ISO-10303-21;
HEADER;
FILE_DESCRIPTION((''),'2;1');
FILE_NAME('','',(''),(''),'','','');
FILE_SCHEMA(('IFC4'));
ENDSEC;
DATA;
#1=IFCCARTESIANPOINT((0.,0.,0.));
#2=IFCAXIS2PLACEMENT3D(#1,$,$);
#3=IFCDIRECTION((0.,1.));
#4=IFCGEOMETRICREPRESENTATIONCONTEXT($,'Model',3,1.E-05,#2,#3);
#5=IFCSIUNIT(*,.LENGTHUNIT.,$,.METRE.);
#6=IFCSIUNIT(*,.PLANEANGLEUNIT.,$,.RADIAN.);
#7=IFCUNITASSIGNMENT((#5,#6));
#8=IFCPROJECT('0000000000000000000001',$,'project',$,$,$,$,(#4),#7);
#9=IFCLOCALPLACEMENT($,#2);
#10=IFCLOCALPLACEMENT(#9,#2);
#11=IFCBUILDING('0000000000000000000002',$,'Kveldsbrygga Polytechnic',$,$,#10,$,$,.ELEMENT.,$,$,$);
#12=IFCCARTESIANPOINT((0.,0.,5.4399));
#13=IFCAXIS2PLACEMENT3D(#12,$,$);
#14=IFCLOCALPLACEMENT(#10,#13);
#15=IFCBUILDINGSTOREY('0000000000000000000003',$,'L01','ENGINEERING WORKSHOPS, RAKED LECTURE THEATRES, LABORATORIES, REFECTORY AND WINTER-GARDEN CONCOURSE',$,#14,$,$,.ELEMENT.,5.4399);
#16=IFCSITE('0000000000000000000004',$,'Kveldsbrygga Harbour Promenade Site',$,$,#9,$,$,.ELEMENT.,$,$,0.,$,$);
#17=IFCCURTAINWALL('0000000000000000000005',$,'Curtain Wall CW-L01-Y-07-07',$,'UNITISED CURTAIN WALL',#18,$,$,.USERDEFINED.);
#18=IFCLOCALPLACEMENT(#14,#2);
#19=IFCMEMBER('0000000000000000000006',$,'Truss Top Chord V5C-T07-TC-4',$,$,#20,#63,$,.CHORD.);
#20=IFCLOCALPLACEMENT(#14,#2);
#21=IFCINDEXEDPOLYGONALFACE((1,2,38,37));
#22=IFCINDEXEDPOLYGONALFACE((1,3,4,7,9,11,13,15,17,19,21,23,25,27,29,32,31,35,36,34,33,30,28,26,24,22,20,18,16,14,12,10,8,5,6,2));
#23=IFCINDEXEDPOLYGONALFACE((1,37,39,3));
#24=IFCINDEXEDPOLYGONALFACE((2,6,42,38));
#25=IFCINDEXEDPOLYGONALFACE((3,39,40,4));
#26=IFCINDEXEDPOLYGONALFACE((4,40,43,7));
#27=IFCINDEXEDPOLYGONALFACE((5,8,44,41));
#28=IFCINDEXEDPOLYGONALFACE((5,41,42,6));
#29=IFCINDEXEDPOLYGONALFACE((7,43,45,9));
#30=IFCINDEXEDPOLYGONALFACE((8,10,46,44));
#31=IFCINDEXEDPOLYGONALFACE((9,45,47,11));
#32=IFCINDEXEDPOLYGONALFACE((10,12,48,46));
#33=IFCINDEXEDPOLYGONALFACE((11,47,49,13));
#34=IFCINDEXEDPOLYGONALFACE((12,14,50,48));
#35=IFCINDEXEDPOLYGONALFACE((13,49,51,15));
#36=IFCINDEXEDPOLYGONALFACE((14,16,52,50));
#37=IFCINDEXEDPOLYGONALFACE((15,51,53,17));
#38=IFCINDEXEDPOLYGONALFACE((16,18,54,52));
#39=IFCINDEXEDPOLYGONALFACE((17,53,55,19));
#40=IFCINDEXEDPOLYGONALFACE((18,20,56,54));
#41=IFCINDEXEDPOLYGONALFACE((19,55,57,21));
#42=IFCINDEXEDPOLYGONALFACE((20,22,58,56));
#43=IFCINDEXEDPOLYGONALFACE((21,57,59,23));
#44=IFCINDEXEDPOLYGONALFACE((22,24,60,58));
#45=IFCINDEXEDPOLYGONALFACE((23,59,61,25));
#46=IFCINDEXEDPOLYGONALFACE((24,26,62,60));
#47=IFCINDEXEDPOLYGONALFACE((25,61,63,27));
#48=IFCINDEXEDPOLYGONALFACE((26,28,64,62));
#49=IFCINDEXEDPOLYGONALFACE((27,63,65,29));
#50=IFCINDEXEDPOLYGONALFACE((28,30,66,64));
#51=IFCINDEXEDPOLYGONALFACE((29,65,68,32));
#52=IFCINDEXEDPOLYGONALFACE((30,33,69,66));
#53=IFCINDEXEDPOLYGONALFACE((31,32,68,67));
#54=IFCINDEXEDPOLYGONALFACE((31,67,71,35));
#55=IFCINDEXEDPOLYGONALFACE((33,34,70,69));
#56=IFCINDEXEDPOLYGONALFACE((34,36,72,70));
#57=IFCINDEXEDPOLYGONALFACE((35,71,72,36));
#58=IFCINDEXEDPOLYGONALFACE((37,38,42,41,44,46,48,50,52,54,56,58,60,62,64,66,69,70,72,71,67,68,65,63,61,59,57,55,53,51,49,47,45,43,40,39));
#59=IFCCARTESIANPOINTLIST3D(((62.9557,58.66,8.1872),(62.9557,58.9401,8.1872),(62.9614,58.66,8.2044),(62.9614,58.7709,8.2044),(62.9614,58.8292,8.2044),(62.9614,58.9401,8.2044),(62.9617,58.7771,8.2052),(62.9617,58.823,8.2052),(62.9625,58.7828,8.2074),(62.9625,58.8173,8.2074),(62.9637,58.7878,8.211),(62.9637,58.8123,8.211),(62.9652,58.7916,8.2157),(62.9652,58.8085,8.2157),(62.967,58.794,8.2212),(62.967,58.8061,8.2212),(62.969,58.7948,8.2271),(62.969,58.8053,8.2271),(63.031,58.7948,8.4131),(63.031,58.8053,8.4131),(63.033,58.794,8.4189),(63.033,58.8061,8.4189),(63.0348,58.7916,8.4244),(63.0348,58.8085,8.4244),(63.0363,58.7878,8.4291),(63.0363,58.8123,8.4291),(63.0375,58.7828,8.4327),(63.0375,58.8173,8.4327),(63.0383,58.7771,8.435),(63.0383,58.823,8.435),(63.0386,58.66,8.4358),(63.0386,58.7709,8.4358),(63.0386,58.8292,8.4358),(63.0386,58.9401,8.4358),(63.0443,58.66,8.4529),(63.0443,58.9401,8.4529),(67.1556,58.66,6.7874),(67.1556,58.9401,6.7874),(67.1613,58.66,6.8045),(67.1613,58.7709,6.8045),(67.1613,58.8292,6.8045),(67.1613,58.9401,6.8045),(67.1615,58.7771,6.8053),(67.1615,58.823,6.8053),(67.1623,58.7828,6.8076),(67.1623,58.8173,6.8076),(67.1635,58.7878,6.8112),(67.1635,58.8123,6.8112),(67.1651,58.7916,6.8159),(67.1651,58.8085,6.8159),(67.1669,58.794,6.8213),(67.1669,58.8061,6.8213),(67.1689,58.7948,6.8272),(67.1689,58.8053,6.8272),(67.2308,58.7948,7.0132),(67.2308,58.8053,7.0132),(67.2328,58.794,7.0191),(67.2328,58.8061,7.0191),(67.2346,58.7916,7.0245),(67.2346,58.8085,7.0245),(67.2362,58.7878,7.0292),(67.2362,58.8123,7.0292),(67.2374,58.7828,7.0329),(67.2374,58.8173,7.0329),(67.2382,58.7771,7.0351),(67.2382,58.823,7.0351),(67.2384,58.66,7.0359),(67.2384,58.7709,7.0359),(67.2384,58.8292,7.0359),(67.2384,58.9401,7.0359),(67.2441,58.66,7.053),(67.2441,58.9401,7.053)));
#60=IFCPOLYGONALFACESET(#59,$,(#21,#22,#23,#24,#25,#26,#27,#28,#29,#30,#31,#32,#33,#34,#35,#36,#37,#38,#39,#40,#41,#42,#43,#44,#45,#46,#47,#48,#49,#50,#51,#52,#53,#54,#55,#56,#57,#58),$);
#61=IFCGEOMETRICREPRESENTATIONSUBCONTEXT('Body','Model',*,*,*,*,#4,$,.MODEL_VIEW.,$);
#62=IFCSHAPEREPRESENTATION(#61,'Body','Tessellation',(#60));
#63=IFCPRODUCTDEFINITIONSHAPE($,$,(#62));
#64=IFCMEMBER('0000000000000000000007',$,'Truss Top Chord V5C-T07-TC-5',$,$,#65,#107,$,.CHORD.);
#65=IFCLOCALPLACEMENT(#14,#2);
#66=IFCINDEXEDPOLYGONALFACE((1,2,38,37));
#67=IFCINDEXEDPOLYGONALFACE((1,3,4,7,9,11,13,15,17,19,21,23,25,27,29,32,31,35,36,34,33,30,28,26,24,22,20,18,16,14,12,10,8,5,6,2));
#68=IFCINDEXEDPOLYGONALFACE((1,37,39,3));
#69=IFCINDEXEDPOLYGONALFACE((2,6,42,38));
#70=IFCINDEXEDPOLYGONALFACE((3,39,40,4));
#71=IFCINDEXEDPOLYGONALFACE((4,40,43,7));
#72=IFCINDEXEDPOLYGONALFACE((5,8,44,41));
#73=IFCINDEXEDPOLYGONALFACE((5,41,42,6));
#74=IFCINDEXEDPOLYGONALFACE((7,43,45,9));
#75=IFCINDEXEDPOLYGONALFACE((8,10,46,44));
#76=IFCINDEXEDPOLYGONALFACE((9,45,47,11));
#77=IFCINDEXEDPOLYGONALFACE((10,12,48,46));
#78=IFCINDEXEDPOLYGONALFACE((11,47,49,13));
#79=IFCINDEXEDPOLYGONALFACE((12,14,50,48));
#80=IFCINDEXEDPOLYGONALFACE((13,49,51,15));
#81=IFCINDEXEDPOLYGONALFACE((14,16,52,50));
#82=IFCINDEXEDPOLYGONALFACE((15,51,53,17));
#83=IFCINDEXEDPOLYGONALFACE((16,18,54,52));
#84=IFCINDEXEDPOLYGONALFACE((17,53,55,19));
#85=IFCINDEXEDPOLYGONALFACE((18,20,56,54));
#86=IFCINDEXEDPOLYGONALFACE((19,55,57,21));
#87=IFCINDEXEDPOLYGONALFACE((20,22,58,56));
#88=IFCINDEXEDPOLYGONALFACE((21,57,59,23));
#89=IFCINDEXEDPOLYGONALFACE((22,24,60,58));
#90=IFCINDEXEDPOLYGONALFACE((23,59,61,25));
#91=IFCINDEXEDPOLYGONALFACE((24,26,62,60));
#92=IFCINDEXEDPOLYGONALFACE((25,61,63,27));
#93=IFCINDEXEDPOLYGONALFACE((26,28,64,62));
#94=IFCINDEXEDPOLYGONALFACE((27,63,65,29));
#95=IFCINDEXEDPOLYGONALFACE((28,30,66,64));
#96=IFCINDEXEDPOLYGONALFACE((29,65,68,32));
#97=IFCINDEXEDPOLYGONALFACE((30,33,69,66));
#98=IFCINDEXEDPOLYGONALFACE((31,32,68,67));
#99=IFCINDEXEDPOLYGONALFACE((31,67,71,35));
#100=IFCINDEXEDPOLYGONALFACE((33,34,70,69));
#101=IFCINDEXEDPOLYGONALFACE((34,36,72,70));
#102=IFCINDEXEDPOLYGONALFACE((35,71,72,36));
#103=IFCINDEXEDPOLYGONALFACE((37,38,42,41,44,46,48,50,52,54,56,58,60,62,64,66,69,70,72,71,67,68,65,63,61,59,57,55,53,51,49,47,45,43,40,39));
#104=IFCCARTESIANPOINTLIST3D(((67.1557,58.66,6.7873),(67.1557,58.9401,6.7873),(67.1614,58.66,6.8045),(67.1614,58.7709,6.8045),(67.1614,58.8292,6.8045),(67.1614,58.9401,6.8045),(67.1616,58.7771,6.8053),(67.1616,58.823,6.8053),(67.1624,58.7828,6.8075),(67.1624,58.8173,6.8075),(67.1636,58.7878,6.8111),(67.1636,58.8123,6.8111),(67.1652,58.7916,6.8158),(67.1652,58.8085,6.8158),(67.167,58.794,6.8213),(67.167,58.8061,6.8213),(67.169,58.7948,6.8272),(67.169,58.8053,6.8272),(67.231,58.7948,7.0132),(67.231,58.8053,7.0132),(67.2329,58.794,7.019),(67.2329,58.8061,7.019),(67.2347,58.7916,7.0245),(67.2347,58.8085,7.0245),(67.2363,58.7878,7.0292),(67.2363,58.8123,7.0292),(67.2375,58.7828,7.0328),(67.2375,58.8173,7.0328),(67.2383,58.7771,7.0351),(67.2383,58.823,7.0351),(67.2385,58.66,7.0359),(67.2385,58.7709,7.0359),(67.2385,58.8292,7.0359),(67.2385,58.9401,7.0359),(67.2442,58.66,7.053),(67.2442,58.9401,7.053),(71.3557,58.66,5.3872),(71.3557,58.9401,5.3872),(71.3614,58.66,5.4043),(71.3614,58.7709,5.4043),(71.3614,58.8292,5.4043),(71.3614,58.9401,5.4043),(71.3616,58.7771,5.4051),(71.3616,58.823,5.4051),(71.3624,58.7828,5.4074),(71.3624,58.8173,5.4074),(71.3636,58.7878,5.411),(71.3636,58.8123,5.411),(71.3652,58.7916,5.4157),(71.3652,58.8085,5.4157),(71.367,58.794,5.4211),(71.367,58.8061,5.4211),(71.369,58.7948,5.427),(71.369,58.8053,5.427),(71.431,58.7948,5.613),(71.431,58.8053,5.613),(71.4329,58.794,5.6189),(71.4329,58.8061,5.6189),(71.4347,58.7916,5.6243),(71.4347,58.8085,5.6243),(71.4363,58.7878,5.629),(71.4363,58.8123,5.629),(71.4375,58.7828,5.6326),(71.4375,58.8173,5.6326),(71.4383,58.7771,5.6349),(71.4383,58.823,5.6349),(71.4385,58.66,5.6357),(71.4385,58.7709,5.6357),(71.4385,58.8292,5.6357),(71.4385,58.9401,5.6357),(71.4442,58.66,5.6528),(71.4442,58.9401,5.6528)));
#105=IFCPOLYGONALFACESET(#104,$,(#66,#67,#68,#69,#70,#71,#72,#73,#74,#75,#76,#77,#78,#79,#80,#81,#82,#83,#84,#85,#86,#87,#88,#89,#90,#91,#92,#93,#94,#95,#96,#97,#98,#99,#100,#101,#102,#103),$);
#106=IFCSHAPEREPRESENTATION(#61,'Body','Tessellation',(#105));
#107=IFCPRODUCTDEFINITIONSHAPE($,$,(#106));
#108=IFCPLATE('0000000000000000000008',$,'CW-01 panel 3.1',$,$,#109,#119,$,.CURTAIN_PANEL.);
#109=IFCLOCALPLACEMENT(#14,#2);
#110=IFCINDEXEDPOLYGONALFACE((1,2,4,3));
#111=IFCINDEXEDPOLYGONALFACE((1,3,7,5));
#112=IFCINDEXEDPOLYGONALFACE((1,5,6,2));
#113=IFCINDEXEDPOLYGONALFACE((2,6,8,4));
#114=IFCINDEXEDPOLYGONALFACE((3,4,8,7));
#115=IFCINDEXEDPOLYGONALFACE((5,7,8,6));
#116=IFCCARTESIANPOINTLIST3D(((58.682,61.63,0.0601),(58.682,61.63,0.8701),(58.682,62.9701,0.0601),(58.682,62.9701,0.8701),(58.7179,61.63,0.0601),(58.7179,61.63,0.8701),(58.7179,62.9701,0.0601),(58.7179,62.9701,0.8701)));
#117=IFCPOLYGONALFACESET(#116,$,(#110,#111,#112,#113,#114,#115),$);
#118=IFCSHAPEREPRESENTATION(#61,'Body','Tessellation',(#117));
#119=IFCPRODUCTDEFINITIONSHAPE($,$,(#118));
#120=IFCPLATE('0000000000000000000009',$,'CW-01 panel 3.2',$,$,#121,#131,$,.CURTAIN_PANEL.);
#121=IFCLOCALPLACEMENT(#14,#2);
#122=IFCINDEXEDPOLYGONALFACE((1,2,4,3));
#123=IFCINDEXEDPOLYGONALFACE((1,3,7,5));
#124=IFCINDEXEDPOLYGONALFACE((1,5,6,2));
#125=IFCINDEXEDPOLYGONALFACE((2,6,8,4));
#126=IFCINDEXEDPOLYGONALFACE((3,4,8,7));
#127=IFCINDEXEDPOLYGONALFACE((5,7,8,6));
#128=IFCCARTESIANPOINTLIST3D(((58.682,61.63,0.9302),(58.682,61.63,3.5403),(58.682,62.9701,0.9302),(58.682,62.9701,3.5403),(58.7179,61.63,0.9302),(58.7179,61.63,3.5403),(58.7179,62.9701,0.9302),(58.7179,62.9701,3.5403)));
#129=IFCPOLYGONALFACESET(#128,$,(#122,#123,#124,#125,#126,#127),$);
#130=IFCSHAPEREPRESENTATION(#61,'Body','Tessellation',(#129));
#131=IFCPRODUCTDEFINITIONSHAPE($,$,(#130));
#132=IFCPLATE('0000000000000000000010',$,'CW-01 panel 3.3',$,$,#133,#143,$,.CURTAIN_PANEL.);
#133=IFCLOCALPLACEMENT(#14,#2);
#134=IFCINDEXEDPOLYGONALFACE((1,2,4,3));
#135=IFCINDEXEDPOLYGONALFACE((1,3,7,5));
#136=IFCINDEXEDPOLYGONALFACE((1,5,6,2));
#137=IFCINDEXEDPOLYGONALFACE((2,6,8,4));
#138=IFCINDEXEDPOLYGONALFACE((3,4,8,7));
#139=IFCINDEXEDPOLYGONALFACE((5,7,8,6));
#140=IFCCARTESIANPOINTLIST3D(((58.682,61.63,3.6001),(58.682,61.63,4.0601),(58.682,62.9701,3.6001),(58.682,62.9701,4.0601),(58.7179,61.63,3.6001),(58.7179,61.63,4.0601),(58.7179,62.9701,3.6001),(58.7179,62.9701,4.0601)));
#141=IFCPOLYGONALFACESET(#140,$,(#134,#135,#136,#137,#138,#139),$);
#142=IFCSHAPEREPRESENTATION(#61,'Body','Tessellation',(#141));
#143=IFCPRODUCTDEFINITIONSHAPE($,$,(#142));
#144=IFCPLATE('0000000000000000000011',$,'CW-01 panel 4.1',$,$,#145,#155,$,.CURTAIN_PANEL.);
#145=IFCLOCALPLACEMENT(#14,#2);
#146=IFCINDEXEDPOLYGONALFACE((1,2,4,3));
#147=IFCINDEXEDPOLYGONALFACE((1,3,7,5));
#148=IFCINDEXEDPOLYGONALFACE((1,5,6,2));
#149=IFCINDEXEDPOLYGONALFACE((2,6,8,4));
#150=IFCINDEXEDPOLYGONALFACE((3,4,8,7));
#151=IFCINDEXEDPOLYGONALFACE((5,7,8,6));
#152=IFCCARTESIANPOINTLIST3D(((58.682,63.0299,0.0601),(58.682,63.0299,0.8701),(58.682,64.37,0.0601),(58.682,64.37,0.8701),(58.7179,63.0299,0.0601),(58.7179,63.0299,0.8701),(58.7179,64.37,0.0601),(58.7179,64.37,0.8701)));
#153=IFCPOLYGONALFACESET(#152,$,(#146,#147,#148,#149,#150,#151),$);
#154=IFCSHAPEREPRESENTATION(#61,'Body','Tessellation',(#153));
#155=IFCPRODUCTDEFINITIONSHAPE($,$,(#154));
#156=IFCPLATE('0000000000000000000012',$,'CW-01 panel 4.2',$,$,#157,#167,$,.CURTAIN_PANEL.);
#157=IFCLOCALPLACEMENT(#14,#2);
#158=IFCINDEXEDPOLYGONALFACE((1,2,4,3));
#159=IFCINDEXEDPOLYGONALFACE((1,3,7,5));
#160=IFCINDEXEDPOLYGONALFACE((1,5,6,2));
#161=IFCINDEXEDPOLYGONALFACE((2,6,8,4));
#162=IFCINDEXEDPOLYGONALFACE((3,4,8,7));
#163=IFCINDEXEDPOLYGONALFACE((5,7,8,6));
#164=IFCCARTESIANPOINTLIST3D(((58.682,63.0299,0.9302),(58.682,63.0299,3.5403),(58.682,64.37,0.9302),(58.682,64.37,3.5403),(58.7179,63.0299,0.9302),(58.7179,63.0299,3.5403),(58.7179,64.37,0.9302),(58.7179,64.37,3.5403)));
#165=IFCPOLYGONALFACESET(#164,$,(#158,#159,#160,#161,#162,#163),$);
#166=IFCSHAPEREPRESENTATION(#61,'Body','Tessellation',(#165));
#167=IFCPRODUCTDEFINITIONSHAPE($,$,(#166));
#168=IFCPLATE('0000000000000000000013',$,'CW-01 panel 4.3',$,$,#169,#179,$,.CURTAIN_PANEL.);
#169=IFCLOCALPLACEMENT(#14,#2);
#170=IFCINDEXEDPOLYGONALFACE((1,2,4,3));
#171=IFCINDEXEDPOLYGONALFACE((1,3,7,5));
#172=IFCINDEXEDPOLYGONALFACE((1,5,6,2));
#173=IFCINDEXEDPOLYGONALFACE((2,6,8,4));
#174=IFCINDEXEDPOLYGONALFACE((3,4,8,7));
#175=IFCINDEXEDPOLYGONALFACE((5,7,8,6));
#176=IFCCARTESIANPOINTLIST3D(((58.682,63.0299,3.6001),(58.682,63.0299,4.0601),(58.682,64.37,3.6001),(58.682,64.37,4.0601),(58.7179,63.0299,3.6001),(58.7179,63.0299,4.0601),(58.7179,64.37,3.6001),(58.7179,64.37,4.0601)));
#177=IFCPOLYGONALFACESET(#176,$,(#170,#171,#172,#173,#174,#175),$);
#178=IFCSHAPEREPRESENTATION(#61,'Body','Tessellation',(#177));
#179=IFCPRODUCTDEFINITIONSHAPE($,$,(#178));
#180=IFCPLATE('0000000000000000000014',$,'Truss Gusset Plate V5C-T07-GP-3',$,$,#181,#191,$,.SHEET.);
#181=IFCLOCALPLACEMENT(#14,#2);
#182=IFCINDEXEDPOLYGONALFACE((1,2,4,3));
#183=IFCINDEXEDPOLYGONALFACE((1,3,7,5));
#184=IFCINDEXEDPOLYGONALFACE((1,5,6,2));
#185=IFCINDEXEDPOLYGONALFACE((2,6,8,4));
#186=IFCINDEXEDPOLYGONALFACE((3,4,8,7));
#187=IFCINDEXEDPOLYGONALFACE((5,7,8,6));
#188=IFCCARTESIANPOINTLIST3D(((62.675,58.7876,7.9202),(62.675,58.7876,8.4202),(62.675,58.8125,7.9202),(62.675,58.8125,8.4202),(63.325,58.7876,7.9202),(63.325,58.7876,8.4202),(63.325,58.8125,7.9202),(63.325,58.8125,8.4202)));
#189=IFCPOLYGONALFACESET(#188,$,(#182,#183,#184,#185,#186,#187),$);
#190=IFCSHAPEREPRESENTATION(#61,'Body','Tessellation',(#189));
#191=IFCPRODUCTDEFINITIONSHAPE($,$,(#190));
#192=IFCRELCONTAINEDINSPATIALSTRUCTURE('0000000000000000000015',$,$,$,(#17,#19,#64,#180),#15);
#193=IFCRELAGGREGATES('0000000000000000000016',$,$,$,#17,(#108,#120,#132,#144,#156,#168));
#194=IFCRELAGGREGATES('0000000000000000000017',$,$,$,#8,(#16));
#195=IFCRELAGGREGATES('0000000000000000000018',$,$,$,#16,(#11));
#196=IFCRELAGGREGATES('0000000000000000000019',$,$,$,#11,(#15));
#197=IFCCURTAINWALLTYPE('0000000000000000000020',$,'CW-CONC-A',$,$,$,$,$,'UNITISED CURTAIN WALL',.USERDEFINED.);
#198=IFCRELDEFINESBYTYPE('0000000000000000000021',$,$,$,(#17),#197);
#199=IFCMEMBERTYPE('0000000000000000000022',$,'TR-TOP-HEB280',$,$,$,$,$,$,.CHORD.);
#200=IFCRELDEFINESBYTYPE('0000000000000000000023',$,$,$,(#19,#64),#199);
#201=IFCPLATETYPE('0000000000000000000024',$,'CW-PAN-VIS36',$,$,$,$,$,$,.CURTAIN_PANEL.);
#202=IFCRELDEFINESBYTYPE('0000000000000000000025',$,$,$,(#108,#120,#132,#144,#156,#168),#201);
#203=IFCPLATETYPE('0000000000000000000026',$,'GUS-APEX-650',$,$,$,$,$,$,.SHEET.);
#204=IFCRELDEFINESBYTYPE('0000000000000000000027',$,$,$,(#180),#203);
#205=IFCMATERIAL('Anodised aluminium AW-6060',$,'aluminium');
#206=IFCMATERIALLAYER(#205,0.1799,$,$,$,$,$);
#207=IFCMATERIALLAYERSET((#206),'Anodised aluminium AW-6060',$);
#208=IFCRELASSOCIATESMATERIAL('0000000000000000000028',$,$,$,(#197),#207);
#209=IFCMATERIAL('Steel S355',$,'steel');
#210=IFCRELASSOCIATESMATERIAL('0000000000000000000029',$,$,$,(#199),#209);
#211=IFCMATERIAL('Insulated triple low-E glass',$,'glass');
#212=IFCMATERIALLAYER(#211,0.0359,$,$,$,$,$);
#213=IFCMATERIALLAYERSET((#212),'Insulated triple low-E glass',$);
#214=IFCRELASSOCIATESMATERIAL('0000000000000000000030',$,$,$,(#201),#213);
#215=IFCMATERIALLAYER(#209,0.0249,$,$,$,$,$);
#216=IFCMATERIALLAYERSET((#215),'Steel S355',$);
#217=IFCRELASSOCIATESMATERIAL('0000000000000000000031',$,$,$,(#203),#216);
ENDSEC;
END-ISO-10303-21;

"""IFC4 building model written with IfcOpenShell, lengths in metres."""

from ifc_helpers import new_model, si_unit, direction, frame, origin, origin_2d, place, context, subcontext, project, spatial, rectangle, i_section, extrude, material, layer, layer_set, material_profile, profile_set, type_object, element, aggregate, save


model = new_model("IFC4")

# Units and contexts
model_context = context("Model", 3, precision=1e-05, world=origin(), true_north=direction((0.0, 1.0)))
body_context = subcontext(model_context, "Body", "Model", "MODEL_VIEW")
ifc_project = project(units=[si_unit("LENGTHUNIT", "METRE"), si_unit("PLANEANGLEUNIT", "RADIAN")], contexts=[model_context])

# Site, building, storey
site_placement = place(None, origin())
site = spatial("IfcSite", under=ifc_project, at=site_placement, Name="Kveldsbrygga Harbour Promenade Site", CompositionType="ELEMENT", RefElevation=0.0)
building_placement = place(site_placement, origin())
building = spatial("IfcBuilding", under=site, at=building_placement, Name="Kveldsbrygga Polytechnic", CompositionType="ELEMENT")
storey_placement = place(building_placement, frame((0.0, 0.0, 5.4399)))
storey = spatial("IfcBuildingStorey", under=building, at=storey_placement, Name="L01", Description="ENGINEERING WORKSHOPS, RAKED LECTURE THEATRES, LABORATORIES, REFECTORY AND WINTER-GARDEN CONCOURSE", CompositionType="ELEMENT", Elevation=5.4399)

# Shared definitions
ifc_material_1 = material(Name="Steel S355", Category="steel")

# Curtain wall
ifc_material_2 = material(Name="Anodised aluminium AW-6060", Category="aluminium")
ifc_layer_1 = layer(ifc_material_2, 0.1799)
ifc_layer_set_1 = layer_set([ifc_layer_1], Name="Anodised aluminium AW-6060")
curtain_wall_type = type_object("IfcCurtainWallType", Name="CW-CONC-A", ElementType="UNITISED CURTAIN WALL", PredefinedType="USERDEFINED", material=ifc_layer_set_1)
curtain_wall_1_placement = place(storey_placement, origin())
curtain_wall_1 = element("IfcCurtainWall", 1, at=curtain_wall_1_placement, inside=storey, type_object=curtain_wall_type, Name="Curtain Wall CW-L01-Y-07-07", ObjectType="UNITISED CURTAIN WALL", PredefinedType="USERDEFINED")

# Members
ifc_material_profile_1 = material_profile(ifc_material_1, i_section(OverallWidth=0.28, OverallDepth=0.28, WebThickness=0.0105, FlangeThickness=0.0181, FilletRadius=0.0239, at=origin_2d()), Name="HEB 280")
ifc_profile_set_1 = profile_set([ifc_material_profile_1], Name="Steel S355")
member_type_1 = type_object("IfcMemberType", Name="TR-TOP-HEB280", PredefinedType="CHORD", material=ifc_profile_set_1)
for number, where, z_axis, x_axis, name in (
    (2, (63.0, 58.8, 8.3201), (0.948689, 0.0, -0.316211), (0.0, 1.0, 0.0), "Truss Top Chord V5C-T07-TC-4"),
):
    element("IfcMember", number, at=place(storey_placement, frame(where, z_axis=z_axis, x_axis=x_axis)), inside=storey, type_object=member_type_1, Name=name, PredefinedType="CHORD", context=body_context, shape_type="SweptSolid", body=[
        extrude(i_section(OverallWidth=0.28, OverallDepth=0.28, WebThickness=0.0105, FlangeThickness=0.0181, FilletRadius=0.0239, at=origin_2d()), origin(), (0.0, 0.0, 1.0), 4.427),
    ])
member_1_placement = place(storey_placement, frame((67.2, 58.8, 6.9202), z_axis=(0.948672, 0.0, -0.316261), x_axis=(0.0, 1.0, 0.0)))
element("IfcMember", 3, at=member_1_placement, inside=storey, type_object=member_type_1, Name="Truss Top Chord V5C-T07-TC-5", PredefinedType="CHORD", context=body_context, shape_type="SweptSolid", body=[
    extrude(i_section(OverallWidth=0.28, OverallDepth=0.28, WebThickness=0.0105, FlangeThickness=0.0181, FilletRadius=0.0239, at=origin_2d()), origin(), (0.0, 0.0, 1.0), 4.4272),
])

# Plates
ifc_material_3 = material(Name="Insulated triple low-E glass", Category="glass")
ifc_layer_2 = layer(ifc_material_3, 0.0359)
ifc_layer_set_2 = layer_set([ifc_layer_2], Name="Insulated triple low-E glass")
plate_type_1 = type_object("IfcPlateType", Name="CW-PAN-VIS36", PredefinedType="CURTAIN_PANEL", material=ifc_layer_set_2)
plate_1_placement = place(storey_placement, frame((58.7, 62.3, 0.0601), z_axis=(0.0, 0.0, 1.0), x_axis=(0.0, 1.0, 0.0)))
plate_1 = element("IfcPlate", 4, at=plate_1_placement, type_object=plate_type_1, Name="CW-01 panel 3.1", PredefinedType="CURTAIN_PANEL", context=body_context, shape_type="SweptSolid", body=[
    extrude(rectangle(XDim=1.3401, YDim=0.0359, at=origin_2d()), origin(), (0.0, 0.0, 1.0), 0.8101),
])
plate_2_placement = place(storey_placement, frame((58.7, 62.3, 0.9302), z_axis=(0.0, 0.0, 1.0), x_axis=(0.0, 1.0, 0.0)))
plate_2 = element("IfcPlate", 5, at=plate_2_placement, type_object=plate_type_1, Name="CW-01 panel 3.2", PredefinedType="CURTAIN_PANEL", context=body_context, shape_type="SweptSolid", body=[
    extrude(rectangle(XDim=1.3401, YDim=0.0359, at=origin_2d()), origin(), (0.0, 0.0, 1.0), 2.6101),
])
plate_3_placement = place(storey_placement, frame((58.7, 62.3, 3.6001), z_axis=(0.0, 0.0, 1.0), x_axis=(0.0, 1.0, 0.0)))
plate_3 = element("IfcPlate", 6, at=plate_3_placement, type_object=plate_type_1, Name="CW-01 panel 3.3", PredefinedType="CURTAIN_PANEL", context=body_context, shape_type="SweptSolid", body=[
    extrude(rectangle(XDim=1.3401, YDim=0.0359, at=origin_2d()), origin(), (0.0, 0.0, 1.0), 0.46),
])
plate_4_placement = place(storey_placement, frame((58.7, 63.7, 0.0601), z_axis=(0.0, 0.0, 1.0), x_axis=(0.0, 1.0, 0.0)))
plate_4 = element("IfcPlate", 7, at=plate_4_placement, type_object=plate_type_1, Name="CW-01 panel 4.1", PredefinedType="CURTAIN_PANEL", context=body_context, shape_type="SweptSolid", body=[
    extrude(rectangle(XDim=1.3401, YDim=0.0359, at=origin_2d()), origin(), (0.0, 0.0, 1.0), 0.8101),
])
plate_5_placement = place(storey_placement, frame((58.7, 63.7, 0.9302), z_axis=(0.0, 0.0, 1.0), x_axis=(0.0, 1.0, 0.0)))
plate_5 = element("IfcPlate", 8, at=plate_5_placement, type_object=plate_type_1, Name="CW-01 panel 4.2", PredefinedType="CURTAIN_PANEL", context=body_context, shape_type="SweptSolid", body=[
    extrude(rectangle(XDim=1.3401, YDim=0.0359, at=origin_2d()), origin(), (0.0, 0.0, 1.0), 2.6101),
])
plate_6_placement = place(storey_placement, frame((58.7, 63.7, 3.6001), z_axis=(0.0, 0.0, 1.0), x_axis=(0.0, 1.0, 0.0)))
plate_6 = element("IfcPlate", 9, at=plate_6_placement, type_object=plate_type_1, Name="CW-01 panel 4.3", PredefinedType="CURTAIN_PANEL", context=body_context, shape_type="SweptSolid", body=[
    extrude(rectangle(XDim=1.3401, YDim=0.0359, at=origin_2d()), origin(), (0.0, 0.0, 1.0), 0.46),
])
aggregate(curtain_wall_1, [plate_1, plate_2, plate_3, plate_4, plate_5, plate_6])

# Plate
ifc_layer_3 = layer(ifc_material_1, 0.0249)
ifc_layer_set_3 = layer_set([ifc_layer_3], Name="Steel S355")
plate_type_2 = type_object("IfcPlateType", Name="GUS-APEX-650", PredefinedType="SHEET", material=ifc_layer_set_3)
plate_7_placement = place(storey_placement, frame((63.0, 58.8, 7.9202), z_axis=(0.0, 0.0, 1.0), x_axis=(1.0, 0.0, 0.0)))
element("IfcPlate", 10, at=plate_7_placement, inside=storey, type_object=plate_type_2, Name="Truss Gusset Plate V5C-T07-GP-3", PredefinedType="SHEET", context=body_context, shape_type="SweptSolid", body=[
    extrude(rectangle(XDim=0.6499, YDim=0.0249, at=origin_2d()), origin(), (0.0, 0.0, 1.0), 0.5),
])

save(model, "model.ifc")
